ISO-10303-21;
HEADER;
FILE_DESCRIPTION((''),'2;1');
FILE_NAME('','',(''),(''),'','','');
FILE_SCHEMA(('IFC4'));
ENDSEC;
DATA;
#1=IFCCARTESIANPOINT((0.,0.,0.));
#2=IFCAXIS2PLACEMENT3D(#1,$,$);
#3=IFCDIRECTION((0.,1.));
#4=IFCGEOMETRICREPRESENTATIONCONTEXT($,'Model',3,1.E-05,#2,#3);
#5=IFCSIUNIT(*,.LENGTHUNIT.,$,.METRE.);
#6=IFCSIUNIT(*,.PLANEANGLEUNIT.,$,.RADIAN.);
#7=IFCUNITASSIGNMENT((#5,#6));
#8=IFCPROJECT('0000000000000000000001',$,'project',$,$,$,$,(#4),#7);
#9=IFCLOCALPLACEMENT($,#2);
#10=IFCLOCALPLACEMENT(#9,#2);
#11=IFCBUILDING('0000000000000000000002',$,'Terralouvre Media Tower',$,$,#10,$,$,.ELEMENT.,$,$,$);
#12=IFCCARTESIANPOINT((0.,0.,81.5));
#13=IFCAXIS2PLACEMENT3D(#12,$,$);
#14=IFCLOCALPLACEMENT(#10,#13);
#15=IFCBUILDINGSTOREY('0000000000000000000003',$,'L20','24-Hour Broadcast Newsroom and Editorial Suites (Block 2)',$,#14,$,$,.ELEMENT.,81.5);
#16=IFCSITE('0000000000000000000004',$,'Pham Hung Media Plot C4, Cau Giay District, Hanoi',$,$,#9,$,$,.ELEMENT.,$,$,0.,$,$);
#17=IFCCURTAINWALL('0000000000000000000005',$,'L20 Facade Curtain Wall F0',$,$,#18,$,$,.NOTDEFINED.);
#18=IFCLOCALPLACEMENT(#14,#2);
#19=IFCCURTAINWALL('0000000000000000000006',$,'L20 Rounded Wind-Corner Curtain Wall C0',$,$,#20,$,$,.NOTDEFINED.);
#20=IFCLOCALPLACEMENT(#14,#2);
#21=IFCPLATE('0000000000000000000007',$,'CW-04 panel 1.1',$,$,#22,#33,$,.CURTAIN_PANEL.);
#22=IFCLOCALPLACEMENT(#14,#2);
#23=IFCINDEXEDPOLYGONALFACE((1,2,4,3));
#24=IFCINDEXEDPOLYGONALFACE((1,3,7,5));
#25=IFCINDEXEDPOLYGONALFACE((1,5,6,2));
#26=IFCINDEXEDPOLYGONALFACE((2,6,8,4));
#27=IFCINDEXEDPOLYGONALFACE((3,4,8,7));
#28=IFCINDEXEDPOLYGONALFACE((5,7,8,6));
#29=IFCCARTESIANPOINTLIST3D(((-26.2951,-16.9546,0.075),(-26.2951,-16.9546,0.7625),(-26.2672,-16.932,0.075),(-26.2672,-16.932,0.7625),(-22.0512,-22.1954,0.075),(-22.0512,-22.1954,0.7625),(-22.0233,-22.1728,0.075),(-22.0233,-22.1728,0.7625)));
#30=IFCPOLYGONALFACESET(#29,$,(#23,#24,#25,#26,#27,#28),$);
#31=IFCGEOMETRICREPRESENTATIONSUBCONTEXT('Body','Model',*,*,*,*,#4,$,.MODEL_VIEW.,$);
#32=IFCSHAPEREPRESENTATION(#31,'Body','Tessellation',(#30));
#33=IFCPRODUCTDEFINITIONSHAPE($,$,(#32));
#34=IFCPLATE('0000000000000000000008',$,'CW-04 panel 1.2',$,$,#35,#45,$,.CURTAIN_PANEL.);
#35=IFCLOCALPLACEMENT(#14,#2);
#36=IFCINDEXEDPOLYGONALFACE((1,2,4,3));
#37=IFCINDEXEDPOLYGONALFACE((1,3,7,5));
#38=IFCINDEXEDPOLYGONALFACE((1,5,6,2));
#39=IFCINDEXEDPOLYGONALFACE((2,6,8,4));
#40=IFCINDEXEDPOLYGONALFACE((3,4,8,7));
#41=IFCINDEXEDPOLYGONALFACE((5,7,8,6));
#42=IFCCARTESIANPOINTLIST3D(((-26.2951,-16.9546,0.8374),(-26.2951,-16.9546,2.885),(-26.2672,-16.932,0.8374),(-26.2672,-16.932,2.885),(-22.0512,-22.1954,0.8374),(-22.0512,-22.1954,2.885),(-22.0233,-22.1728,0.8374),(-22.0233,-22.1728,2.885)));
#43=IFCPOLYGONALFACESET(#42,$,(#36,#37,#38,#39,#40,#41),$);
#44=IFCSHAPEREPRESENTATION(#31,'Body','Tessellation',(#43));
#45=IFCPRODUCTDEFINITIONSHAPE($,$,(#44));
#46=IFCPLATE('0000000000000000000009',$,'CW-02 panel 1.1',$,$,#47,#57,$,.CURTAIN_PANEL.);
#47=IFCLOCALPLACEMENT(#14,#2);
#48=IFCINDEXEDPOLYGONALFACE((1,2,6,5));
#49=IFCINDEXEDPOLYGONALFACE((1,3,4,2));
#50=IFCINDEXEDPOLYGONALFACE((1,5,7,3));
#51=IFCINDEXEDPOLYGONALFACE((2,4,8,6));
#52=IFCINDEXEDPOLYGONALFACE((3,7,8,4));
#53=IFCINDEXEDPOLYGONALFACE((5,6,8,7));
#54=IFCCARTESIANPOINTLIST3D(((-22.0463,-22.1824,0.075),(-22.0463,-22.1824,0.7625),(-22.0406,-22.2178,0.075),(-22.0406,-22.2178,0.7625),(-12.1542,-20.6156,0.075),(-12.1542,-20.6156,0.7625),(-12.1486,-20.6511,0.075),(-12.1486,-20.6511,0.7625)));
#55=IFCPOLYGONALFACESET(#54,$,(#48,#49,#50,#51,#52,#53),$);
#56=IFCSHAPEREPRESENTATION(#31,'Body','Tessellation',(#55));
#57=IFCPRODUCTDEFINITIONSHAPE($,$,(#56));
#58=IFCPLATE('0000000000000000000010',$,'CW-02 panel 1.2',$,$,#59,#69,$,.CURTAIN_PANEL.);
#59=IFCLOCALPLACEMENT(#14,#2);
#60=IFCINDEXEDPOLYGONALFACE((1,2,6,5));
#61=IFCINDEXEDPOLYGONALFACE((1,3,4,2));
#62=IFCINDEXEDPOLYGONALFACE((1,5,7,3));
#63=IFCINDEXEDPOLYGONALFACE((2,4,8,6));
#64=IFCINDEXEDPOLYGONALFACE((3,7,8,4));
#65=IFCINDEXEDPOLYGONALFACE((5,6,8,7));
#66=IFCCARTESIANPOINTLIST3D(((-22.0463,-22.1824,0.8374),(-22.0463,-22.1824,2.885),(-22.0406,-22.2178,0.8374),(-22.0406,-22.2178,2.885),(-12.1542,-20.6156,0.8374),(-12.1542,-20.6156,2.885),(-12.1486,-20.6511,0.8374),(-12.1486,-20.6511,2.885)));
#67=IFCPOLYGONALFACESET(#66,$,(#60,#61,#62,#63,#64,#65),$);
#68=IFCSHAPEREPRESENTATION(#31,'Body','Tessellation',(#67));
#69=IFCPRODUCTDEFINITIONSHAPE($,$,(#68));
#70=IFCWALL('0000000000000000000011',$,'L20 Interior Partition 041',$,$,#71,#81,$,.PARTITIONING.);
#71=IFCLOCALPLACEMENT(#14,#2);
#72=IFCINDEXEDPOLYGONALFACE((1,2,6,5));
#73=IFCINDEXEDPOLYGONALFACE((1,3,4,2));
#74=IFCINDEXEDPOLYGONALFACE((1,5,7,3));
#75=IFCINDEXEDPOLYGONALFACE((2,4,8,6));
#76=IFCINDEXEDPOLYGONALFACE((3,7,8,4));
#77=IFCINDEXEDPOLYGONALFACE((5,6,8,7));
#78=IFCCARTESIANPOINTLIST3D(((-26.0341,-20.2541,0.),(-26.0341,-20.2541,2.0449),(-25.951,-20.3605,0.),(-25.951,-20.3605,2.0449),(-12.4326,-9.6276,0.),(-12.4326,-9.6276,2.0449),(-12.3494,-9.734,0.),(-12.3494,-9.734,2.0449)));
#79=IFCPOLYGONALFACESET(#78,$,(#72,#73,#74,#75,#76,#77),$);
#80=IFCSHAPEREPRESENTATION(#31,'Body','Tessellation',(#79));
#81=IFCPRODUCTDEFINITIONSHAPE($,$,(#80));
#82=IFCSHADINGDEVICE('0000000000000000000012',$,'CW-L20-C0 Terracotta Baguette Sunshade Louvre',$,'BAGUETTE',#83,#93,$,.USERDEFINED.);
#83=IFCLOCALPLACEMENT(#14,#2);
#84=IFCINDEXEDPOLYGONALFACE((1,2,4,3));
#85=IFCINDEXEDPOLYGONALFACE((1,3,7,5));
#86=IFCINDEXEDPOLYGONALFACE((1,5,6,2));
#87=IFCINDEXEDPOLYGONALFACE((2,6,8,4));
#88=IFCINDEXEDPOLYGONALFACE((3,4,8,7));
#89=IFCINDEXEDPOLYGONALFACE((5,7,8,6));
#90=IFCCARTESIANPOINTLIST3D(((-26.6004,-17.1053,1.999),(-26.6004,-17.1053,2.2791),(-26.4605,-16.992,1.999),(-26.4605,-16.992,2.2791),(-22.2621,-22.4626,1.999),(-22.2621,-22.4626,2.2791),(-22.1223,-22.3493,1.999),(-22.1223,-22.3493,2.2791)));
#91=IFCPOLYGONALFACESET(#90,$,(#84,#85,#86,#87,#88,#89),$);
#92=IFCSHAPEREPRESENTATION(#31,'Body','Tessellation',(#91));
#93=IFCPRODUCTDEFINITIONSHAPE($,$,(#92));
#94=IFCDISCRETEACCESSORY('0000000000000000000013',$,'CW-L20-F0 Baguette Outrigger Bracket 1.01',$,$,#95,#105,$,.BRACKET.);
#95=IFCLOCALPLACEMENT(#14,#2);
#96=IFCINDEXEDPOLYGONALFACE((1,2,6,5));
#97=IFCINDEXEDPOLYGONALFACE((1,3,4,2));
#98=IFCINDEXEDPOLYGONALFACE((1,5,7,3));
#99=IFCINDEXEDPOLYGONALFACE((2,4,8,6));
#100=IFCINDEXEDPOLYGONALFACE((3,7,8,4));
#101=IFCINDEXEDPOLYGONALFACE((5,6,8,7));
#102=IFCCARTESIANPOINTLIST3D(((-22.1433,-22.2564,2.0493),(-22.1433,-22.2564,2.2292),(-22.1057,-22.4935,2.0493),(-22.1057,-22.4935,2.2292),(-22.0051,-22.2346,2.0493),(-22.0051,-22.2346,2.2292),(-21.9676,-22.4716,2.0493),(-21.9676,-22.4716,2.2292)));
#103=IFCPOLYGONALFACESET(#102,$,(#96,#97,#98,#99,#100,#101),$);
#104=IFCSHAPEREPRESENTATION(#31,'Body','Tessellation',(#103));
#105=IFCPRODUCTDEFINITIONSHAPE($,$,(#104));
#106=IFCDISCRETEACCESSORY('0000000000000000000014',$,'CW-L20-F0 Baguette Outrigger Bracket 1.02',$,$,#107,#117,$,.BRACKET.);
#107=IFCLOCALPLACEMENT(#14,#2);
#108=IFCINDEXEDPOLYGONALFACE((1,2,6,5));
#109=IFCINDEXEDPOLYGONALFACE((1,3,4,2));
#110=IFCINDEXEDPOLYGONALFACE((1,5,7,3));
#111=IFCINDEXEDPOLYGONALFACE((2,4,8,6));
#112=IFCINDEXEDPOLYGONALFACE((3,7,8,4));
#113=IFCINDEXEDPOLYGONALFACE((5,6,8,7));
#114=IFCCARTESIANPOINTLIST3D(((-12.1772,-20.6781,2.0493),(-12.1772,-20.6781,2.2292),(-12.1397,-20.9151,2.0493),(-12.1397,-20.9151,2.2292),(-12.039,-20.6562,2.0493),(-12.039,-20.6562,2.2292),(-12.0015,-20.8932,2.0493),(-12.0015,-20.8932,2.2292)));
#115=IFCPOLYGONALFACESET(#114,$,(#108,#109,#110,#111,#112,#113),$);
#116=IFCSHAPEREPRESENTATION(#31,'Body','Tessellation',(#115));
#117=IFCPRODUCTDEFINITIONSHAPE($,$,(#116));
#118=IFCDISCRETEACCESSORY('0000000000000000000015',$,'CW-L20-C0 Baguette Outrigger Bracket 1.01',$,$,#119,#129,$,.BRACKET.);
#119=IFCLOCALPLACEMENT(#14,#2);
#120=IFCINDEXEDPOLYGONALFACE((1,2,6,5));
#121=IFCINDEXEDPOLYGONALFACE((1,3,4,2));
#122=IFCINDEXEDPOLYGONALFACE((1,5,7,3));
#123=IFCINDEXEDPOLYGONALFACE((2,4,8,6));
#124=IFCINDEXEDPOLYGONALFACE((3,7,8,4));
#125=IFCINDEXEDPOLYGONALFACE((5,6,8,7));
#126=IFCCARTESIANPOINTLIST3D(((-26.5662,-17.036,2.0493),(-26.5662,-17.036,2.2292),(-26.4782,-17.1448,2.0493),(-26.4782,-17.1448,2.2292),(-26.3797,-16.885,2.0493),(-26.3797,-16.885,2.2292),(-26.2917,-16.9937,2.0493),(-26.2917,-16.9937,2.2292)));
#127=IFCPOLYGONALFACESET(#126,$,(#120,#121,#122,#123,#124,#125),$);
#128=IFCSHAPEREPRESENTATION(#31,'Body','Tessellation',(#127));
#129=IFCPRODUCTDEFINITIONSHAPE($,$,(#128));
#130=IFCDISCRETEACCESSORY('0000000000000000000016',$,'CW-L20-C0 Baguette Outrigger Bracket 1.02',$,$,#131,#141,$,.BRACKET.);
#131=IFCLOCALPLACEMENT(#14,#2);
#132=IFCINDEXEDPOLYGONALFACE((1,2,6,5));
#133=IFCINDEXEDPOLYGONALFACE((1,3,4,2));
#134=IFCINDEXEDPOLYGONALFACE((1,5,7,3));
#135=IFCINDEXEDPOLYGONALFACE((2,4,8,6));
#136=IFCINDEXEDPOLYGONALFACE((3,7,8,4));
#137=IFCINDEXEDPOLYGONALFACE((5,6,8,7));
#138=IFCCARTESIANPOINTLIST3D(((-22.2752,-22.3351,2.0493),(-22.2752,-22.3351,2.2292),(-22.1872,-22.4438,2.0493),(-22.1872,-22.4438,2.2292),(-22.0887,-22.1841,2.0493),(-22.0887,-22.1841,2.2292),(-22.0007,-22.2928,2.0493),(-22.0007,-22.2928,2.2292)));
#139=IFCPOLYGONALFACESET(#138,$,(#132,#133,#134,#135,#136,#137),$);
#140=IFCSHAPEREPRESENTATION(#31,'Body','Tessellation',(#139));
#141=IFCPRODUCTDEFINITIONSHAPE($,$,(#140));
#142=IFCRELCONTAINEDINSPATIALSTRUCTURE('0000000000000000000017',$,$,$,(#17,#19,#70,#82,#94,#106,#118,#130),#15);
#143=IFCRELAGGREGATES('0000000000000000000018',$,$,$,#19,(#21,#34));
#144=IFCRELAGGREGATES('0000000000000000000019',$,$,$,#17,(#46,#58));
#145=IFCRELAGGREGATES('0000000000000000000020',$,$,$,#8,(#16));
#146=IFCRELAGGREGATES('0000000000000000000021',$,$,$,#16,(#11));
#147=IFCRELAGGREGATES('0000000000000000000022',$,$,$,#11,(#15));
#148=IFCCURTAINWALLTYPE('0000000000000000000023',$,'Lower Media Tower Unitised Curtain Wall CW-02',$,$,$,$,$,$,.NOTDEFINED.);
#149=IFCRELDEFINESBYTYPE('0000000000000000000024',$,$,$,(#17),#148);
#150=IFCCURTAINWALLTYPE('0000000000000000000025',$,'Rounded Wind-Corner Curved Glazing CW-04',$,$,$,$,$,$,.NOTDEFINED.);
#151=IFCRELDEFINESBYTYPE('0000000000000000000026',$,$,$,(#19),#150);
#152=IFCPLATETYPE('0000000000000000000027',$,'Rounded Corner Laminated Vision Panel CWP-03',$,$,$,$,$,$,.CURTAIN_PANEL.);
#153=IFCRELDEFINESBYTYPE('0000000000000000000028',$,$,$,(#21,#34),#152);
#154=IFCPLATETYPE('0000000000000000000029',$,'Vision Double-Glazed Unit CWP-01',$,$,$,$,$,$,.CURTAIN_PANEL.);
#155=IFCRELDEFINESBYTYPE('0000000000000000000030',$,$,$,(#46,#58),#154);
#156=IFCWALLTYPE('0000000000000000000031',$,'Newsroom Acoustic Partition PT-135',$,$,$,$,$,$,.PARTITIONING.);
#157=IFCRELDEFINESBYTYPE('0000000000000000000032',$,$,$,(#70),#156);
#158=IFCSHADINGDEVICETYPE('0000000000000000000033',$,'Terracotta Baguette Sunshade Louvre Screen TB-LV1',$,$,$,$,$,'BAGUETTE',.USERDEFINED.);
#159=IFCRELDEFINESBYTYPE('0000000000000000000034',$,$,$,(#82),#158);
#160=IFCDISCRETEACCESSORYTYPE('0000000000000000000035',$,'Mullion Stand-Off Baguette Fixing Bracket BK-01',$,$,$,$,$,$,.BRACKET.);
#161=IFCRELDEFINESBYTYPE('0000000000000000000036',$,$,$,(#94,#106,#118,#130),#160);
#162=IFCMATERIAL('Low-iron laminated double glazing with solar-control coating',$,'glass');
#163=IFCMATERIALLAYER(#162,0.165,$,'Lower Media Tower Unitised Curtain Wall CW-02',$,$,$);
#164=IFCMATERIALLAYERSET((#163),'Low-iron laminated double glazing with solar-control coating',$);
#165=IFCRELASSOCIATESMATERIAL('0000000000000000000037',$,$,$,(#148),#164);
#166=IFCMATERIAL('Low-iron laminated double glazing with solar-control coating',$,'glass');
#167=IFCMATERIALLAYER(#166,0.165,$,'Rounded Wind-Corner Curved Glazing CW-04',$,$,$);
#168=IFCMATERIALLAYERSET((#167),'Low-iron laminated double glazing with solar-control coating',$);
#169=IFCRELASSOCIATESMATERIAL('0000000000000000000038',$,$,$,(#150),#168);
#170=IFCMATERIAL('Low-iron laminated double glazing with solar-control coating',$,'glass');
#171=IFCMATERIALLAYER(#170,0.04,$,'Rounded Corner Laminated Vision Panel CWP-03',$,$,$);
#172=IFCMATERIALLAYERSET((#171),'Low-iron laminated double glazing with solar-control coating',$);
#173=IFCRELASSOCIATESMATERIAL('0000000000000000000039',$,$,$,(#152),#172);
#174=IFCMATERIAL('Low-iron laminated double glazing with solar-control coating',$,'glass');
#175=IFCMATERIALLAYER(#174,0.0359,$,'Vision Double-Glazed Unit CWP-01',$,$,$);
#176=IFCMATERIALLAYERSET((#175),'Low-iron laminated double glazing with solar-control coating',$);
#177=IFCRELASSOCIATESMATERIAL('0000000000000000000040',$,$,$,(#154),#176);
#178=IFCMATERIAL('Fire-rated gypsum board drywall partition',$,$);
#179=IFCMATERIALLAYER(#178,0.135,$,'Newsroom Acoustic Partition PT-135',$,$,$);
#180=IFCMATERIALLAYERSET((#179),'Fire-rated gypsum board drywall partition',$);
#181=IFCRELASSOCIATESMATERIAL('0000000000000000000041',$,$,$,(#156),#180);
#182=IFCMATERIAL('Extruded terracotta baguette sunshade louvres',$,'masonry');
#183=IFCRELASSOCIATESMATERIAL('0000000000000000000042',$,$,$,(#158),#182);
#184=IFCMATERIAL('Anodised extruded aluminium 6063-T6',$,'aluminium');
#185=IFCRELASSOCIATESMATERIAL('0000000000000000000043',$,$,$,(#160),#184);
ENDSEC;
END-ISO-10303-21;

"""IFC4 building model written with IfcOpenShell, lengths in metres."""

from ifc_helpers import new_model, si_unit, direction, frame, frame_2d, origin, origin_2d, place, context, subcontext, project, spatial, rectangle, extrude, material, layer, layer_set, type_object, element, aggregate, save


model = new_model("IFC4")

# Units and contexts
model_context = context("Model", 3, precision=1e-05, world=origin(), true_north=direction((0.0, 1.0)))
body_context = subcontext(model_context, "Body", "Model", "MODEL_VIEW")
ifc_project = project(units=[si_unit("LENGTHUNIT", "METRE"), si_unit("PLANEANGLEUNIT", "RADIAN")], contexts=[model_context])

# Site, building, storey
site_placement = place(None, origin())
site = spatial("IfcSite", under=ifc_project, at=site_placement, Name="Pham Hung Media Plot C4, Cau Giay District, Hanoi", CompositionType="ELEMENT", RefElevation=0.0)
building_placement = place(site_placement, origin())
building = spatial("IfcBuilding", under=site, at=building_placement, Name="Terralouvre Media Tower", CompositionType="ELEMENT")
storey_placement = place(building_placement, frame((0.0, 0.0, 81.5)))
storey = spatial("IfcBuildingStorey", under=building, at=storey_placement, Name="L20", Description="24-Hour Broadcast Newsroom and Editorial Suites (Block 2)", CompositionType="ELEMENT", Elevation=81.5)

# Curtain walls
ifc_material_1 = material(Name="Low-iron laminated double glazing with solar-control coating", Category="glass")
ifc_layer_1 = layer(ifc_material_1, 0.165, Name="Lower Media Tower Unitised Curtain Wall CW-02")
ifc_layer_set_1 = layer_set([ifc_layer_1], Name="Low-iron laminated double glazing with solar-control coating")
curtain_wall_type_1 = type_object("IfcCurtainWallType", Name="Lower Media Tower Unitised Curtain Wall CW-02", PredefinedType="NOTDEFINED", material=ifc_layer_set_1)
curtain_wall_1_placement = place(storey_placement, origin())
curtain_wall_1 = element("IfcCurtainWall", 1, at=curtain_wall_1_placement, inside=storey, type_object=curtain_wall_type_1, Name="L20 Facade Curtain Wall F0", PredefinedType="NOTDEFINED")
ifc_material_2 = material(Name="Low-iron laminated double glazing with solar-control coating", Category="glass")
ifc_layer_2 = layer(ifc_material_2, 0.165, Name="Rounded Wind-Corner Curved Glazing CW-04")
ifc_layer_set_2 = layer_set([ifc_layer_2], Name="Low-iron laminated double glazing with solar-control coating")
curtain_wall_type_2 = type_object("IfcCurtainWallType", Name="Rounded Wind-Corner Curved Glazing CW-04", PredefinedType="NOTDEFINED", material=ifc_layer_set_2)
curtain_wall_2_placement = place(storey_placement, origin())
curtain_wall_2 = element("IfcCurtainWall", 2, at=curtain_wall_2_placement, inside=storey, type_object=curtain_wall_type_2, Name="L20 Rounded Wind-Corner Curtain Wall C0", PredefinedType="NOTDEFINED")

# Plates
ifc_material_3 = material(Name="Low-iron laminated double glazing with solar-control coating", Category="glass")
ifc_layer_3 = layer(ifc_material_3, 0.04, Name="Rounded Corner Laminated Vision Panel CWP-03")
ifc_layer_set_3 = layer_set([ifc_layer_3], Name="Low-iron laminated double glazing with solar-control coating")
plate_type_1 = type_object("IfcPlateType", Name="Rounded Corner Laminated Vision Panel CWP-03", PredefinedType="CURTAIN_PANEL", material=ifc_layer_set_3)
plate_1_placement = place(storey_placement, frame((-24.1592, -19.5637, 0.075), z_axis=(0.0, 0.0, 1.0), x_axis=(0.62932, -0.777146, 0.0)))
plate_1 = element("IfcPlate", 3, at=plate_1_placement, type_object=plate_type_1, Name="CW-04 panel 1.1", PredefinedType="CURTAIN_PANEL", context=body_context, shape_type="SweptSolid", body=[
    extrude(rectangle(XDim=6.7437, YDim=0.0359, at=origin_2d()), origin(), (0.0, 0.0, 1.0), 0.6875),
])
plate_2_placement = place(storey_placement, frame((-24.1592, -19.5637, 0.8374), z_axis=(0.0, 0.0, 1.0), x_axis=(0.62932, -0.777146, 0.0)))
plate_2 = element("IfcPlate", 4, at=plate_2_placement, type_object=plate_type_1, Name="CW-04 panel 1.2", PredefinedType="CURTAIN_PANEL", context=body_context, shape_type="SweptSolid", body=[
    extrude(rectangle(XDim=6.7437, YDim=0.0359, at=origin_2d()), origin(), (0.0, 0.0, 1.0), 2.0476),
])
aggregate(curtain_wall_2, [plate_1, plate_2])
ifc_material_4 = material(Name="Low-iron laminated double glazing with solar-control coating", Category="glass")
ifc_layer_4 = layer(ifc_material_4, 0.0359, Name="Vision Double-Glazed Unit CWP-01")
ifc_layer_set_4 = layer_set([ifc_layer_4], Name="Low-iron laminated double glazing with solar-control coating")
plate_type_2 = type_object("IfcPlateType", Name="Vision Double-Glazed Unit CWP-01", PredefinedType="CURTAIN_PANEL", material=ifc_layer_set_4)
plate_3_placement = place(storey_placement, frame((-17.0974, -21.4167, 0.075), z_axis=(0.0, 0.0, 1.0), x_axis=(0.987688, 0.156434, 0.0)))
plate_3 = element("IfcPlate", 5, at=plate_3_placement, type_object=plate_type_2, Name="CW-02 panel 1.1", PredefinedType="CURTAIN_PANEL", context=body_context, shape_type="SweptSolid", body=[
    extrude(rectangle(XDim=10.0154, YDim=0.0359, at=origin_2d()), origin(), (0.0, 0.0, 1.0), 0.6875),
])
plate_4_placement = place(storey_placement, frame((-17.0974, -21.4167, 0.8374), z_axis=(0.0, 0.0, 1.0), x_axis=(0.987688, 0.156434, 0.0)))
plate_4 = element("IfcPlate", 6, at=plate_4_placement, type_object=plate_type_2, Name="CW-02 panel 1.2", PredefinedType="CURTAIN_PANEL", context=body_context, shape_type="SweptSolid", body=[
    extrude(rectangle(XDim=10.0154, YDim=0.0359, at=origin_2d()), origin(), (0.0, 0.0, 1.0), 2.0476),
])
aggregate(curtain_wall_1, [plate_3, plate_4])

# Wall
ifc_material_5 = material(Name="Fire-rated gypsum board drywall partition")
ifc_layer_5 = layer(ifc_material_5, 0.135, Name="Newsroom Acoustic Partition PT-135")
ifc_layer_set_5 = layer_set([ifc_layer_5], Name="Fire-rated gypsum board drywall partition")
wall_type = type_object("IfcWallType", Name="Newsroom Acoustic Partition PT-135", PredefinedType="PARTITIONING", material=ifc_layer_set_5)
wall_placement = place(storey_placement, frame((-25.9927, -20.3074, 0.0), z_axis=(0.0, 0.0, 1.0), x_axis=(0.788018, 0.615653, 0.0)))
element("IfcWall", 7, at=wall_placement, inside=storey, type_object=wall_type, Name="L20 Interior Partition 041", PredefinedType="PARTITIONING", context=body_context, shape_type="SweptSolid", body=[
    extrude(rectangle(XDim=17.2605, YDim=0.135, at=frame_2d((8.6304, 0.0))), origin(), (0.0, 0.0, 1.0), 2.0449),
])

# Shading device
ifc_material_6 = material(Name="Extruded terracotta baguette sunshade louvres", Category="masonry")
shading_device_type = type_object("IfcShadingDeviceType", Name="Terracotta Baguette Sunshade Louvre Screen TB-LV1", ElementType="BAGUETTE", PredefinedType="USERDEFINED", material=ifc_material_6)
shading_device_placement = place(storey_placement, frame((-24.3613, -19.7273, 1.999), z_axis=(0.0, 0.0, 1.0), x_axis=(0.62932, -0.777146, 0.0)))
element("IfcShadingDevice", 8, at=shading_device_placement, inside=storey, type_object=shading_device_type, Name="CW-L20-C0 Terracotta Baguette Sunshade Louvre", ObjectType="BAGUETTE", PredefinedType="USERDEFINED", context=body_context, shape_type="SweptSolid", body=[
    extrude(rectangle(XDim=6.8936, YDim=0.1799, at=origin_2d()), origin(), (0.0, 0.0, 1.0), 0.28),
])

# Discrete accessories
ifc_material_7 = material(Name="Anodised extruded aluminium 6063-T6", Category="aluminium")
discrete_accessory_type = type_object("IfcDiscreteAccessoryType", Name="Mullion Stand-Off Baguette Fixing Bracket BK-01", PredefinedType="BRACKET", material=ifc_material_7)
for number, where, z_axis, x_axis, name in (
    (9, (-22.0554, -22.364, 2.0493), (0.0, 0.0, 1.0), (0.987688, 0.156434, 0.0), "CW-L20-F0 Baguette Outrigger Bracket 1.01"),
    (10, (-12.0894, -20.7856, 2.0493), (0.0, 0.0, 1.0), (0.987688, 0.156434, 0.0), "CW-L20-F0 Baguette Outrigger Bracket 1.02"),
    (11, (-26.429, -17.0149, 2.0493), (0.0, 0.0, 1.0), (0.62932, -0.777146, 0.0), "CW-L20-C0 Baguette Outrigger Bracket 1.01"),
    (12, (-22.1379, -22.314, 2.0493), (0.0, 0.0, 1.0), (0.62932, -0.777146, 0.0), "CW-L20-C0 Baguette Outrigger Bracket 1.02"),
):
    element("IfcDiscreteAccessory", number, at=place(storey_placement, frame(where, z_axis=z_axis, x_axis=x_axis)), inside=storey, type_object=discrete_accessory_type, Name=name, PredefinedType="BRACKET", context=body_context, shape_type="SweptSolid", body=[
        extrude(rectangle(XDim=0.1399, YDim=0.24, at=origin_2d()), origin(), (0.0, 0.0, 1.0), 0.1799),
    ])

save(model, "model.ifc")
